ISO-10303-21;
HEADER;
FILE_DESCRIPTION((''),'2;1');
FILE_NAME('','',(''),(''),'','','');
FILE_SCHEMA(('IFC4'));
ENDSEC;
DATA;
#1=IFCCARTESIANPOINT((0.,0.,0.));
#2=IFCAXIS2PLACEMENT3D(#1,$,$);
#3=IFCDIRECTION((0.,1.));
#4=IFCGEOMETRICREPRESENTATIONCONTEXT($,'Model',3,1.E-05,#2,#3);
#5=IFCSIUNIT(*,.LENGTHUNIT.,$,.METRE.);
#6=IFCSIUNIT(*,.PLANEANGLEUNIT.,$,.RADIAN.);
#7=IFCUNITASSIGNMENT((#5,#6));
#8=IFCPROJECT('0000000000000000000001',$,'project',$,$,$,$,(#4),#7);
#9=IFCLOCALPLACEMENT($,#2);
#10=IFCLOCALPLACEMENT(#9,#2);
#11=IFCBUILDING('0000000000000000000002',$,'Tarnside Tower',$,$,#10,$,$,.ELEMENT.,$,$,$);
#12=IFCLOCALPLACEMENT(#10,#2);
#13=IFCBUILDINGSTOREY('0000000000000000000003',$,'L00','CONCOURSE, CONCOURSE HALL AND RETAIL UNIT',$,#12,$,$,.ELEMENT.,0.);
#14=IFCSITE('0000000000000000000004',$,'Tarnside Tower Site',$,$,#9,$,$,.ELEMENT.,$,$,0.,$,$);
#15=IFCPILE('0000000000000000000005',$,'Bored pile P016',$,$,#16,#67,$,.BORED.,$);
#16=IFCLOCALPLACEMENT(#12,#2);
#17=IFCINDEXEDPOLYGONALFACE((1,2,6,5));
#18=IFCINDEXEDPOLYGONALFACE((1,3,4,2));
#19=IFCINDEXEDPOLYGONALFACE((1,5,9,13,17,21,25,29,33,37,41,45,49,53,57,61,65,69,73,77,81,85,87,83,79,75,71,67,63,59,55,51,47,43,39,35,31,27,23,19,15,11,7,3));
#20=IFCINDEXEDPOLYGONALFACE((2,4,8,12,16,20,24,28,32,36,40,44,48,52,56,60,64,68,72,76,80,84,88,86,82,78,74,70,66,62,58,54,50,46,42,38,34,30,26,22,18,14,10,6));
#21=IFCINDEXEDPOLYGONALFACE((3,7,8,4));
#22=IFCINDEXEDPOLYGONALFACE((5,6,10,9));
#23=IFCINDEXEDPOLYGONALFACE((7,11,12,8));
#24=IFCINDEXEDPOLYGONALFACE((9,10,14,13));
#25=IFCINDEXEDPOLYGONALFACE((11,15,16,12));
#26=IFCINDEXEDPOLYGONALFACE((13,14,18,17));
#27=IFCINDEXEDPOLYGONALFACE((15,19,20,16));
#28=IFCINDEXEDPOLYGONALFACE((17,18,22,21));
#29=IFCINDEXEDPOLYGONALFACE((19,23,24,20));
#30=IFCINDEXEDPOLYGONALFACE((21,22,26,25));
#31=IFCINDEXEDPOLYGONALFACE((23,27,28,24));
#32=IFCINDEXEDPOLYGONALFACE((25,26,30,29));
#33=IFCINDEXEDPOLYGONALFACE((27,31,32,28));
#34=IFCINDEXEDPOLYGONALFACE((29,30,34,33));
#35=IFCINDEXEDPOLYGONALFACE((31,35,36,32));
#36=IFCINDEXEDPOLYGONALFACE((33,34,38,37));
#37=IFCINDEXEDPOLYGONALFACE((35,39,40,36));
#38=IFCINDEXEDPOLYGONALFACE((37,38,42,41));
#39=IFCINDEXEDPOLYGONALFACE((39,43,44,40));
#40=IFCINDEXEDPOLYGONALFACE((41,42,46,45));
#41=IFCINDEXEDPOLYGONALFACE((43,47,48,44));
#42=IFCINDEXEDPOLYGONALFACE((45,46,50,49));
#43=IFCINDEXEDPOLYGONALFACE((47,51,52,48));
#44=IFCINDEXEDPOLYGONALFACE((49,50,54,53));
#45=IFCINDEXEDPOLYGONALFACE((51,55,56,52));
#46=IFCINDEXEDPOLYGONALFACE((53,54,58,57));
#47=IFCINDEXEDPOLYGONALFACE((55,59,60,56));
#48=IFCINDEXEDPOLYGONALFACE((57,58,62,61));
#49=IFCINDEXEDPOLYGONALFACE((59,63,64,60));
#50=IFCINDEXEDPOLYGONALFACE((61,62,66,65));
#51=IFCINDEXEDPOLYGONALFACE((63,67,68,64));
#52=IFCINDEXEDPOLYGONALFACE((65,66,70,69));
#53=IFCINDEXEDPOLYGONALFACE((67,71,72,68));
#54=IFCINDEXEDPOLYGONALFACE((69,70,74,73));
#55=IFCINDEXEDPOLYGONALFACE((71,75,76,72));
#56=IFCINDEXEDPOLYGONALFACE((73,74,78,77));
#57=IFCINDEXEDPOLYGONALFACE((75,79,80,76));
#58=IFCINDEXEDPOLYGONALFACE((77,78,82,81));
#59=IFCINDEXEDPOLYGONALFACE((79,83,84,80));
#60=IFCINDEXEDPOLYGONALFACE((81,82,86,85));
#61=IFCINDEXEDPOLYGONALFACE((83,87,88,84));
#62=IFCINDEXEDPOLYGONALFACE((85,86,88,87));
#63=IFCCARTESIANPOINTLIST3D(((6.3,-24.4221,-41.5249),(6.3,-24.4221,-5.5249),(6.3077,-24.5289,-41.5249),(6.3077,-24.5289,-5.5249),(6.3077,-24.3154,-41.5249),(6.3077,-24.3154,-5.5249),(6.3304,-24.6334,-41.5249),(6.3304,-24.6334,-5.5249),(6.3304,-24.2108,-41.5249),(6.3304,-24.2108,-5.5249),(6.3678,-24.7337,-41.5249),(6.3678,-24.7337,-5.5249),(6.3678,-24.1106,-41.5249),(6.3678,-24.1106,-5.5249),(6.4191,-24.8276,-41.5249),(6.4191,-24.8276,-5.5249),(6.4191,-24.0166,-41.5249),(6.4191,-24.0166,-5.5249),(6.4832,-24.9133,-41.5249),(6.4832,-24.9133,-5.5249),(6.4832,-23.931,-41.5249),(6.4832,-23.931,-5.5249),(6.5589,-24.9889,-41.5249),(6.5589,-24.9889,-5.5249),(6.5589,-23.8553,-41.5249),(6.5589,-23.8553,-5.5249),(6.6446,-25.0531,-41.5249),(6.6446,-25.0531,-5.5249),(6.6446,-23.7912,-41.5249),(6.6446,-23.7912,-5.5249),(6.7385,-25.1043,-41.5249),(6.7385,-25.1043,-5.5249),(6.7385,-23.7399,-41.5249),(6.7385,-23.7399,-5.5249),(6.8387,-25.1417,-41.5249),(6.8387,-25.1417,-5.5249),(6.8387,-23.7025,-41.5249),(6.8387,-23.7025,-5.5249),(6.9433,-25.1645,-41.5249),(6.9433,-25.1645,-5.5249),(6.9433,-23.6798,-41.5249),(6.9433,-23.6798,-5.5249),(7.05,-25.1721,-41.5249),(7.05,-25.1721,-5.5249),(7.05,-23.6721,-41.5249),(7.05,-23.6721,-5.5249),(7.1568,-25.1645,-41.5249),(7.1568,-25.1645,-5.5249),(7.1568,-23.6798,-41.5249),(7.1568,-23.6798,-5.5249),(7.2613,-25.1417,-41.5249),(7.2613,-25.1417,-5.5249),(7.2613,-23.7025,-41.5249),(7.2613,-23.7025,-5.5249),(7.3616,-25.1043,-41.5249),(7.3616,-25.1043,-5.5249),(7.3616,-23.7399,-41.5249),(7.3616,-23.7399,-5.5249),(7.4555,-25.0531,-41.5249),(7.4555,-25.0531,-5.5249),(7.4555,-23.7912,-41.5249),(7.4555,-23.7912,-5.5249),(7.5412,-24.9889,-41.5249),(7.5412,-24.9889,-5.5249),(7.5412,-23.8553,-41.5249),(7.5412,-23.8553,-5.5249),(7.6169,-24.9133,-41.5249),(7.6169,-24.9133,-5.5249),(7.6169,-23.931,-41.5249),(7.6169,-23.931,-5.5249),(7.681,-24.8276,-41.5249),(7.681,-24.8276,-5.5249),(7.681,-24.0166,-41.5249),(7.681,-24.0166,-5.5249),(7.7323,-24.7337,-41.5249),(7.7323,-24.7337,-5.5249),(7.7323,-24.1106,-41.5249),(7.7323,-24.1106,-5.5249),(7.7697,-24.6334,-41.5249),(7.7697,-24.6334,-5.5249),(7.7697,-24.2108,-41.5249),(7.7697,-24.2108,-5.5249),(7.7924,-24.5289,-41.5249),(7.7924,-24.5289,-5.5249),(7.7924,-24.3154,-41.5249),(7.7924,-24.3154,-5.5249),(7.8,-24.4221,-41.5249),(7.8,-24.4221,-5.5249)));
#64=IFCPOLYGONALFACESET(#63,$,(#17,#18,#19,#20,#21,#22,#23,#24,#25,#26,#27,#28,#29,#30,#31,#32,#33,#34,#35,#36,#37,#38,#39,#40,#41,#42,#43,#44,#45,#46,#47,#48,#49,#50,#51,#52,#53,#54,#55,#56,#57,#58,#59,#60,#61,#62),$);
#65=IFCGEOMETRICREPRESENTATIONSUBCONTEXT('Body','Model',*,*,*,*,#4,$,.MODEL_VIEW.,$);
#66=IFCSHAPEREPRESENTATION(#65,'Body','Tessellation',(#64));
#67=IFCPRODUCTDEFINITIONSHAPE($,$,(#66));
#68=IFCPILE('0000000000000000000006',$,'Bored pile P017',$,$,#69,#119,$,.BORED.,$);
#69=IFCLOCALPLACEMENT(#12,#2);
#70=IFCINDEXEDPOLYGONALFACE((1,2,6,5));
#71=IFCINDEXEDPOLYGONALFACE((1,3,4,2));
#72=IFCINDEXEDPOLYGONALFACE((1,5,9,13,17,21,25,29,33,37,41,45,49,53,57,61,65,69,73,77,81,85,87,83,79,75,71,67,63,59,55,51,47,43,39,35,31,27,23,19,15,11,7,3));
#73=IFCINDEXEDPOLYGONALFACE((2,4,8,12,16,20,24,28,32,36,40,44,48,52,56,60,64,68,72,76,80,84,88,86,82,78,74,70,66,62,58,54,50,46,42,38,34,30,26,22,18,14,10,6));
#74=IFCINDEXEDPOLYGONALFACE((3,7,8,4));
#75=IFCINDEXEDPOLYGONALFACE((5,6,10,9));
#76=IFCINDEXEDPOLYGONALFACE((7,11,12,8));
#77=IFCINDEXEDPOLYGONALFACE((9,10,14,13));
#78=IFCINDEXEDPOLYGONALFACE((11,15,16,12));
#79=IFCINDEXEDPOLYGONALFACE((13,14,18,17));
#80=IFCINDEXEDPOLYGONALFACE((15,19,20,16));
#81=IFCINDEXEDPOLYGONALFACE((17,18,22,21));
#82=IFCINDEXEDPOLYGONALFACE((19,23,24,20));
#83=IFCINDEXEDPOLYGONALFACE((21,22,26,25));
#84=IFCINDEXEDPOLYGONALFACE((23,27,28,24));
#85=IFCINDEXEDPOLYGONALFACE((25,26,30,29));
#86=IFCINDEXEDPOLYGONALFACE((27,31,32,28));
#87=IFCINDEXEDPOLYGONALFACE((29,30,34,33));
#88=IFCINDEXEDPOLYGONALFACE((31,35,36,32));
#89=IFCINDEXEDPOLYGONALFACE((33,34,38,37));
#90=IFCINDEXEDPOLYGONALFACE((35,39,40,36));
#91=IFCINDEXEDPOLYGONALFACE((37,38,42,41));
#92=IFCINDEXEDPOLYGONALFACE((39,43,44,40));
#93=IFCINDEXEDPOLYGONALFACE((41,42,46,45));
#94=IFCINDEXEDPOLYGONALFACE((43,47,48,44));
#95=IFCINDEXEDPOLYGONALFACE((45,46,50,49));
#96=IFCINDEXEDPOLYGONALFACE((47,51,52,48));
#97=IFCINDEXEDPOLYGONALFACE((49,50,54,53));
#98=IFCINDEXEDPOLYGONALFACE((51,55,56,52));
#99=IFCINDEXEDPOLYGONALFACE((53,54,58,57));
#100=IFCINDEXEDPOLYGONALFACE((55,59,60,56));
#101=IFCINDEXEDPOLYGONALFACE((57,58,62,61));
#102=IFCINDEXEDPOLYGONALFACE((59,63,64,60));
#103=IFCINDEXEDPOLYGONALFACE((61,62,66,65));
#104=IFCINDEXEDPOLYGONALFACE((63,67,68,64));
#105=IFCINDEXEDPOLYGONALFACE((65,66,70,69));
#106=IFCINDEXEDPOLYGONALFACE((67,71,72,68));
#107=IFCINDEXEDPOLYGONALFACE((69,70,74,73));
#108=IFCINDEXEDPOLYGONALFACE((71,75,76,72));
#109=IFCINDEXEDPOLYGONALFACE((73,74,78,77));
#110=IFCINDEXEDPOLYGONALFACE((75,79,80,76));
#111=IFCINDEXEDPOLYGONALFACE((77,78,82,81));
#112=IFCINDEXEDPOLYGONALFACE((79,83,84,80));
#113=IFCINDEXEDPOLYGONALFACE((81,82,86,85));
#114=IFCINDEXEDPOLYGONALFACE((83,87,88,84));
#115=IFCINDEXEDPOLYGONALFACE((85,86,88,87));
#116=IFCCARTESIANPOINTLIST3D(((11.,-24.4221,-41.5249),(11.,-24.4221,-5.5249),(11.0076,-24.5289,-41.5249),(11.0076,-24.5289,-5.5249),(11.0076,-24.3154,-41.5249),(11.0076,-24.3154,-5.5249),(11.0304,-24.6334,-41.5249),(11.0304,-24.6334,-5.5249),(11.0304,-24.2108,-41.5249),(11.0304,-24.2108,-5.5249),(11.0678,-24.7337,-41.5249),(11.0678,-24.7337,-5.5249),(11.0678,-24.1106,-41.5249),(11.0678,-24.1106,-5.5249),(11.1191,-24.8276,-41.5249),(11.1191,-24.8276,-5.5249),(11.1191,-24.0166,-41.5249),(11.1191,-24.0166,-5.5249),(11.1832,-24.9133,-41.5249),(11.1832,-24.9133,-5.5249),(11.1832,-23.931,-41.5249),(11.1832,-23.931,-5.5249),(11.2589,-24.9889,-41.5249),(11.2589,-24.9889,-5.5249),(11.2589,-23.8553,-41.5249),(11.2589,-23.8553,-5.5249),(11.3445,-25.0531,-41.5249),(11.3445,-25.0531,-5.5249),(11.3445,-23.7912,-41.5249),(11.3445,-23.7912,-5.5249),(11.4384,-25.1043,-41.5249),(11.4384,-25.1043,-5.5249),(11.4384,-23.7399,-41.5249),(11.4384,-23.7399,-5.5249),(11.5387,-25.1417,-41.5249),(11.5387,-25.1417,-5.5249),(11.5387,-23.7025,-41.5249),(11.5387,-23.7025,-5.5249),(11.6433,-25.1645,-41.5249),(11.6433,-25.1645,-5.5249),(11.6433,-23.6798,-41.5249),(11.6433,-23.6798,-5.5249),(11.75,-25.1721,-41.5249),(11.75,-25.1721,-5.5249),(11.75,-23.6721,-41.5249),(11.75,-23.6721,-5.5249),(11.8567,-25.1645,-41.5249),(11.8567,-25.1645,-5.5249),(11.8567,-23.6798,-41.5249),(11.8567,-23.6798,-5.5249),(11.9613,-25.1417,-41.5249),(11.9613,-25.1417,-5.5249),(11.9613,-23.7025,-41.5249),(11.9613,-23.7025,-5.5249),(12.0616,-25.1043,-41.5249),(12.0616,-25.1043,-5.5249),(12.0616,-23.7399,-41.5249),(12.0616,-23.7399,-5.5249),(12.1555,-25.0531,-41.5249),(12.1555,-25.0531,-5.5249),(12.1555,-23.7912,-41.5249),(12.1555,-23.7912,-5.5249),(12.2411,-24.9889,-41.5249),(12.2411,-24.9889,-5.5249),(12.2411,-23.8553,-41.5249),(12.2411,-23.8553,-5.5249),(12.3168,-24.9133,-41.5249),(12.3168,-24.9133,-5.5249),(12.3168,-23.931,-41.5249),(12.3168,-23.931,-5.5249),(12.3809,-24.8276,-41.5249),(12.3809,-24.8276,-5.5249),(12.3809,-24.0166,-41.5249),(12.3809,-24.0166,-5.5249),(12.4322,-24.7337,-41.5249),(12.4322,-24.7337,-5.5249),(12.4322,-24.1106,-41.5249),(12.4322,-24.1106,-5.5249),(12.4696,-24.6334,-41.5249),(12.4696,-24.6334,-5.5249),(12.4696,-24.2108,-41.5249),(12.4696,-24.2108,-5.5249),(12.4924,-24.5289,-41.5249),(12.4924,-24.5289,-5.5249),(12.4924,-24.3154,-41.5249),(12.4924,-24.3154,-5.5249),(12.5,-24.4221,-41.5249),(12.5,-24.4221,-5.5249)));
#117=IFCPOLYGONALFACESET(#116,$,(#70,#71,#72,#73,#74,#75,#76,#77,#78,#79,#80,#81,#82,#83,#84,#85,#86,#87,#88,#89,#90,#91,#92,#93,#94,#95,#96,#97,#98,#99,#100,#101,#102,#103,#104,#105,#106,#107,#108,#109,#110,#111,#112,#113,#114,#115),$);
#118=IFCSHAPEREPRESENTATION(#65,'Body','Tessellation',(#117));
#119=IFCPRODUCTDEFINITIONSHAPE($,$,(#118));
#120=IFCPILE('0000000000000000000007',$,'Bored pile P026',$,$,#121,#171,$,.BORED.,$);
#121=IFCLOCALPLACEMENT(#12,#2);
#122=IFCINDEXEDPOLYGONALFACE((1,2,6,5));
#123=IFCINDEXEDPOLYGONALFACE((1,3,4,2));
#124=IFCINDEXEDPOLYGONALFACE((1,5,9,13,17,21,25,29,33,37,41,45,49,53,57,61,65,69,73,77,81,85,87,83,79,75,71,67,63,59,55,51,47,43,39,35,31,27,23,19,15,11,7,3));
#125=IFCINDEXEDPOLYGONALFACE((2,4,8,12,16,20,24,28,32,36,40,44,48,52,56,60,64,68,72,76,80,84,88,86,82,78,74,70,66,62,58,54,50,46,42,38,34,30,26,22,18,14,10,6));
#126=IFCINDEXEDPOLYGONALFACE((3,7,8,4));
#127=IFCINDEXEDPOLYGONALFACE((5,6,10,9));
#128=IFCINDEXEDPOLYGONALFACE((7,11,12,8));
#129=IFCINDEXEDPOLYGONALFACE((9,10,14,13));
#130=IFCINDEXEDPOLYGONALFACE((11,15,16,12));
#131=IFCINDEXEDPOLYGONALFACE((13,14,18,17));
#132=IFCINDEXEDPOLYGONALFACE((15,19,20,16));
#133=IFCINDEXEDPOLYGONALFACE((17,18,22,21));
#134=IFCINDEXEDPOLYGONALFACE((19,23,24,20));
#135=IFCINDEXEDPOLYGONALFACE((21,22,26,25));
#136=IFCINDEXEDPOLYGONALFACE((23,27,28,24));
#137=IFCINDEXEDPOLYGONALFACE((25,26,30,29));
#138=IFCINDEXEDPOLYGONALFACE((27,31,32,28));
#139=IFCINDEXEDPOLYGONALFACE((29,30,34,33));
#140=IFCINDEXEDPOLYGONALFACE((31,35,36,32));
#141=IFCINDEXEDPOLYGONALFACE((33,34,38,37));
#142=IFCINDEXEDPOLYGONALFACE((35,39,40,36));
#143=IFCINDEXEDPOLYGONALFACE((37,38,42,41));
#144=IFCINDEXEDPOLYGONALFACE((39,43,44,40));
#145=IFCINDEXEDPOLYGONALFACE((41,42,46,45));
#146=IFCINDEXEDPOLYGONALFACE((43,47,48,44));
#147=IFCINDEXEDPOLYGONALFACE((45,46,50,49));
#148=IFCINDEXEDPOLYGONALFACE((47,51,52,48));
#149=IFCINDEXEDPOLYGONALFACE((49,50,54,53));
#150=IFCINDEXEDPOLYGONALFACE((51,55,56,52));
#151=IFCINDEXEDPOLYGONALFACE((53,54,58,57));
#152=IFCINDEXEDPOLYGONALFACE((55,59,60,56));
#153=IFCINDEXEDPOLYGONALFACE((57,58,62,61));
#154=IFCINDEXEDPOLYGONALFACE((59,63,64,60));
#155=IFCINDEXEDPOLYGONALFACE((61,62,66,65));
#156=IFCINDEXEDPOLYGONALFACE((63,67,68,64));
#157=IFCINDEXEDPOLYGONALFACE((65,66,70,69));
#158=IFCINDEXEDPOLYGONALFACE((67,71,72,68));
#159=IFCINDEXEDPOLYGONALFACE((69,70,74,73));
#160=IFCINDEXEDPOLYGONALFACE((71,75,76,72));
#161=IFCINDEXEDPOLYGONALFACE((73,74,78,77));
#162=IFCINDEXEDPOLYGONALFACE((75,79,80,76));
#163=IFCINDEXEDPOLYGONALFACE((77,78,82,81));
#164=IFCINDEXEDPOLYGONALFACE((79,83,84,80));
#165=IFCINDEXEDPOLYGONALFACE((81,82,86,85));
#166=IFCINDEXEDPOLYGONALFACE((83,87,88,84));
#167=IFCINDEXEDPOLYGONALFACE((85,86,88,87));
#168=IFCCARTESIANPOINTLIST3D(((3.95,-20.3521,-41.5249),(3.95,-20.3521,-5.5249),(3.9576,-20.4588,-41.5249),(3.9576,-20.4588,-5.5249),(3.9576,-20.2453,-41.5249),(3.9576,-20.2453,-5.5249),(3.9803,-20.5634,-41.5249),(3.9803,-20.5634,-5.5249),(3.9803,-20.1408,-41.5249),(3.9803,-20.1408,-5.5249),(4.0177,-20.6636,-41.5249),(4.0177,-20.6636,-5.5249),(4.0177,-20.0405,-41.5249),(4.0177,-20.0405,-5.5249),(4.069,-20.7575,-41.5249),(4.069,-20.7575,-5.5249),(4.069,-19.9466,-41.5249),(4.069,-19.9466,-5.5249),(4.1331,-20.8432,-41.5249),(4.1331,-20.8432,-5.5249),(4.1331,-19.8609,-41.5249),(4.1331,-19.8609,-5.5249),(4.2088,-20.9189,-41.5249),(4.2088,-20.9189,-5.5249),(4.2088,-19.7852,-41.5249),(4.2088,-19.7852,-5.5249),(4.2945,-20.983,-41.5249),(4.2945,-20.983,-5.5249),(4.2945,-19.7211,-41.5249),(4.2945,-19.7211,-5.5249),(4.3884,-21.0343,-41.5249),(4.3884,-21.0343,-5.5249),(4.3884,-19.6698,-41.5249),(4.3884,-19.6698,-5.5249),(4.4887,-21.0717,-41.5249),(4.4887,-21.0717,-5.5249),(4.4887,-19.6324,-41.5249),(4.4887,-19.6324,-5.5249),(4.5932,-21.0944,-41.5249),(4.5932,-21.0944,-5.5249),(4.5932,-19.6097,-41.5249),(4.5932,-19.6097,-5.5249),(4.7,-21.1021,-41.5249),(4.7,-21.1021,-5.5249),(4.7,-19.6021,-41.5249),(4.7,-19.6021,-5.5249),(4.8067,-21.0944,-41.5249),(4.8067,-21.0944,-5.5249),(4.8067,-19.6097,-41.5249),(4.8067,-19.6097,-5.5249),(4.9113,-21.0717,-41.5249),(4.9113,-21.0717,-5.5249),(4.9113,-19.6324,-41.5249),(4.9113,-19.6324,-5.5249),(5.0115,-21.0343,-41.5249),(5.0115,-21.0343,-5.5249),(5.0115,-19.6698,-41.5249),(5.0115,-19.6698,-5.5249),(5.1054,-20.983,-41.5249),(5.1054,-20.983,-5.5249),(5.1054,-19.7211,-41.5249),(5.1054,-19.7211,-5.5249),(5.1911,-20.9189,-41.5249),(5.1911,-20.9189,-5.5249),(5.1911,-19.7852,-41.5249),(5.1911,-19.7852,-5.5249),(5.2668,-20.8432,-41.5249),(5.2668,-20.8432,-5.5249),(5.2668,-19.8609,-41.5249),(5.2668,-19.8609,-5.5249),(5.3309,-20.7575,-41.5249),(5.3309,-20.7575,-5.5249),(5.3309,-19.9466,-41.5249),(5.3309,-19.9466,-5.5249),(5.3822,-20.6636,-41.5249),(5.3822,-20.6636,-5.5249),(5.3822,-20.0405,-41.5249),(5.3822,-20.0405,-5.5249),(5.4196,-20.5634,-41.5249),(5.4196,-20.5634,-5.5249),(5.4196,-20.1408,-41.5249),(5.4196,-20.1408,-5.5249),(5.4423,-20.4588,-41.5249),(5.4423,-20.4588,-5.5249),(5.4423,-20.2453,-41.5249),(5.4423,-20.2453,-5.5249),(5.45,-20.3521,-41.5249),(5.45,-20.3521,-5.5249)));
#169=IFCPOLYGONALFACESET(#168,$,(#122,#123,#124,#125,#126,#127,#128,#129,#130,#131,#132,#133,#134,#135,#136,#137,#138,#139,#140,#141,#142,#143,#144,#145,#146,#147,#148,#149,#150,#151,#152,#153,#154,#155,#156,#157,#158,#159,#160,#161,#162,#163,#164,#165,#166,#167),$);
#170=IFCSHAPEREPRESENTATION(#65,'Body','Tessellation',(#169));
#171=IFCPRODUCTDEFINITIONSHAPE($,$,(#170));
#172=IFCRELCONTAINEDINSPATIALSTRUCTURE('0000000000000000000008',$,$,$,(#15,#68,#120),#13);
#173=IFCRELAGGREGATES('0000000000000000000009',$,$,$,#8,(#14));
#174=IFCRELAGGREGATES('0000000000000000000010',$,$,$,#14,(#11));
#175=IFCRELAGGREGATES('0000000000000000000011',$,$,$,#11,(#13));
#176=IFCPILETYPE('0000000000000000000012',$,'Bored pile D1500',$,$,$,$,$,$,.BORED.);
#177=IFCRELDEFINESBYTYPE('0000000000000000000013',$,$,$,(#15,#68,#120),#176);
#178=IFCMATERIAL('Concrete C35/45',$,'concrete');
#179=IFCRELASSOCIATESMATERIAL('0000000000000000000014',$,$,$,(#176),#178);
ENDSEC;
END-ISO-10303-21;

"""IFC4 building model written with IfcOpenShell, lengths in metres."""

from ifc_helpers import new_model, si_unit, direction, frame, origin, origin_2d, place, context, subcontext, project, spatial, circle, extrude, material, material_profile, profile_set, type_object, element, save


model = new_model("IFC4")

# Units and contexts
model_context = context("Model", 3, precision=1e-05, world=origin(), true_north=direction((0.0, 1.0)))
body_context = subcontext(model_context, "Body", "Model", "MODEL_VIEW")
ifc_project = project(units=[si_unit("LENGTHUNIT", "METRE"), si_unit("PLANEANGLEUNIT", "RADIAN")], contexts=[model_context])

# Site, building, storey
site_placement = place(None, origin())
site = spatial("IfcSite", under=ifc_project, at=site_placement, Name="Tarnside Tower Site", CompositionType="ELEMENT", RefElevation=0.0)
building_placement = place(site_placement, origin())
building = spatial("IfcBuilding", under=site, at=building_placement, Name="Tarnside Tower", CompositionType="ELEMENT")
storey_placement = place(building_placement, origin())
storey = spatial("IfcBuildingStorey", under=building, at=storey_placement, Name="L00", Description="CONCOURSE, CONCOURSE HALL AND RETAIL UNIT", CompositionType="ELEMENT", Elevation=0.0)

# Piles
ifc_material_1 = material(Name="Concrete C35/45", Category="concrete")
ifc_material_profile_1 = material_profile(ifc_material_1, circle(Radius=0.75, at=origin_2d()), Name="Bored pile D1500")
ifc_profile_set_1 = profile_set([ifc_material_profile_1], Name="Concrete C35/45")
pile_type = type_object("IfcPileType", Name="Bored pile D1500", PredefinedType="BORED", material=ifc_profile_set_1)
for number, where, z_axis, x_axis, name in (
    (1, (7.05, -24.4221, -5.5249), (0.0, 0.0, -1.0), (1.0, 0.0, 0.0), "Bored pile P016"),
    (2, (11.75, -24.4221, -5.5249), (0.0, 0.0, -1.0), (1.0, 0.0, 0.0), "Bored pile P017"),
    (3, (4.7, -20.3521, -5.5249), (0.0, 0.0, -1.0), (1.0, 0.0, 0.0), "Bored pile P026"),
):
    element("IfcPile", number, at=place(storey_placement, frame(where, z_axis=z_axis, x_axis=x_axis)), inside=storey, type_object=pile_type, Name=name, PredefinedType="BORED", context=body_context, shape_type="SweptSolid", body=[
        extrude(circle(Radius=0.75, at=origin_2d()), origin(), (0.0, 0.0, 1.0), 36.0),
    ])

save(model, "model.ifc")
